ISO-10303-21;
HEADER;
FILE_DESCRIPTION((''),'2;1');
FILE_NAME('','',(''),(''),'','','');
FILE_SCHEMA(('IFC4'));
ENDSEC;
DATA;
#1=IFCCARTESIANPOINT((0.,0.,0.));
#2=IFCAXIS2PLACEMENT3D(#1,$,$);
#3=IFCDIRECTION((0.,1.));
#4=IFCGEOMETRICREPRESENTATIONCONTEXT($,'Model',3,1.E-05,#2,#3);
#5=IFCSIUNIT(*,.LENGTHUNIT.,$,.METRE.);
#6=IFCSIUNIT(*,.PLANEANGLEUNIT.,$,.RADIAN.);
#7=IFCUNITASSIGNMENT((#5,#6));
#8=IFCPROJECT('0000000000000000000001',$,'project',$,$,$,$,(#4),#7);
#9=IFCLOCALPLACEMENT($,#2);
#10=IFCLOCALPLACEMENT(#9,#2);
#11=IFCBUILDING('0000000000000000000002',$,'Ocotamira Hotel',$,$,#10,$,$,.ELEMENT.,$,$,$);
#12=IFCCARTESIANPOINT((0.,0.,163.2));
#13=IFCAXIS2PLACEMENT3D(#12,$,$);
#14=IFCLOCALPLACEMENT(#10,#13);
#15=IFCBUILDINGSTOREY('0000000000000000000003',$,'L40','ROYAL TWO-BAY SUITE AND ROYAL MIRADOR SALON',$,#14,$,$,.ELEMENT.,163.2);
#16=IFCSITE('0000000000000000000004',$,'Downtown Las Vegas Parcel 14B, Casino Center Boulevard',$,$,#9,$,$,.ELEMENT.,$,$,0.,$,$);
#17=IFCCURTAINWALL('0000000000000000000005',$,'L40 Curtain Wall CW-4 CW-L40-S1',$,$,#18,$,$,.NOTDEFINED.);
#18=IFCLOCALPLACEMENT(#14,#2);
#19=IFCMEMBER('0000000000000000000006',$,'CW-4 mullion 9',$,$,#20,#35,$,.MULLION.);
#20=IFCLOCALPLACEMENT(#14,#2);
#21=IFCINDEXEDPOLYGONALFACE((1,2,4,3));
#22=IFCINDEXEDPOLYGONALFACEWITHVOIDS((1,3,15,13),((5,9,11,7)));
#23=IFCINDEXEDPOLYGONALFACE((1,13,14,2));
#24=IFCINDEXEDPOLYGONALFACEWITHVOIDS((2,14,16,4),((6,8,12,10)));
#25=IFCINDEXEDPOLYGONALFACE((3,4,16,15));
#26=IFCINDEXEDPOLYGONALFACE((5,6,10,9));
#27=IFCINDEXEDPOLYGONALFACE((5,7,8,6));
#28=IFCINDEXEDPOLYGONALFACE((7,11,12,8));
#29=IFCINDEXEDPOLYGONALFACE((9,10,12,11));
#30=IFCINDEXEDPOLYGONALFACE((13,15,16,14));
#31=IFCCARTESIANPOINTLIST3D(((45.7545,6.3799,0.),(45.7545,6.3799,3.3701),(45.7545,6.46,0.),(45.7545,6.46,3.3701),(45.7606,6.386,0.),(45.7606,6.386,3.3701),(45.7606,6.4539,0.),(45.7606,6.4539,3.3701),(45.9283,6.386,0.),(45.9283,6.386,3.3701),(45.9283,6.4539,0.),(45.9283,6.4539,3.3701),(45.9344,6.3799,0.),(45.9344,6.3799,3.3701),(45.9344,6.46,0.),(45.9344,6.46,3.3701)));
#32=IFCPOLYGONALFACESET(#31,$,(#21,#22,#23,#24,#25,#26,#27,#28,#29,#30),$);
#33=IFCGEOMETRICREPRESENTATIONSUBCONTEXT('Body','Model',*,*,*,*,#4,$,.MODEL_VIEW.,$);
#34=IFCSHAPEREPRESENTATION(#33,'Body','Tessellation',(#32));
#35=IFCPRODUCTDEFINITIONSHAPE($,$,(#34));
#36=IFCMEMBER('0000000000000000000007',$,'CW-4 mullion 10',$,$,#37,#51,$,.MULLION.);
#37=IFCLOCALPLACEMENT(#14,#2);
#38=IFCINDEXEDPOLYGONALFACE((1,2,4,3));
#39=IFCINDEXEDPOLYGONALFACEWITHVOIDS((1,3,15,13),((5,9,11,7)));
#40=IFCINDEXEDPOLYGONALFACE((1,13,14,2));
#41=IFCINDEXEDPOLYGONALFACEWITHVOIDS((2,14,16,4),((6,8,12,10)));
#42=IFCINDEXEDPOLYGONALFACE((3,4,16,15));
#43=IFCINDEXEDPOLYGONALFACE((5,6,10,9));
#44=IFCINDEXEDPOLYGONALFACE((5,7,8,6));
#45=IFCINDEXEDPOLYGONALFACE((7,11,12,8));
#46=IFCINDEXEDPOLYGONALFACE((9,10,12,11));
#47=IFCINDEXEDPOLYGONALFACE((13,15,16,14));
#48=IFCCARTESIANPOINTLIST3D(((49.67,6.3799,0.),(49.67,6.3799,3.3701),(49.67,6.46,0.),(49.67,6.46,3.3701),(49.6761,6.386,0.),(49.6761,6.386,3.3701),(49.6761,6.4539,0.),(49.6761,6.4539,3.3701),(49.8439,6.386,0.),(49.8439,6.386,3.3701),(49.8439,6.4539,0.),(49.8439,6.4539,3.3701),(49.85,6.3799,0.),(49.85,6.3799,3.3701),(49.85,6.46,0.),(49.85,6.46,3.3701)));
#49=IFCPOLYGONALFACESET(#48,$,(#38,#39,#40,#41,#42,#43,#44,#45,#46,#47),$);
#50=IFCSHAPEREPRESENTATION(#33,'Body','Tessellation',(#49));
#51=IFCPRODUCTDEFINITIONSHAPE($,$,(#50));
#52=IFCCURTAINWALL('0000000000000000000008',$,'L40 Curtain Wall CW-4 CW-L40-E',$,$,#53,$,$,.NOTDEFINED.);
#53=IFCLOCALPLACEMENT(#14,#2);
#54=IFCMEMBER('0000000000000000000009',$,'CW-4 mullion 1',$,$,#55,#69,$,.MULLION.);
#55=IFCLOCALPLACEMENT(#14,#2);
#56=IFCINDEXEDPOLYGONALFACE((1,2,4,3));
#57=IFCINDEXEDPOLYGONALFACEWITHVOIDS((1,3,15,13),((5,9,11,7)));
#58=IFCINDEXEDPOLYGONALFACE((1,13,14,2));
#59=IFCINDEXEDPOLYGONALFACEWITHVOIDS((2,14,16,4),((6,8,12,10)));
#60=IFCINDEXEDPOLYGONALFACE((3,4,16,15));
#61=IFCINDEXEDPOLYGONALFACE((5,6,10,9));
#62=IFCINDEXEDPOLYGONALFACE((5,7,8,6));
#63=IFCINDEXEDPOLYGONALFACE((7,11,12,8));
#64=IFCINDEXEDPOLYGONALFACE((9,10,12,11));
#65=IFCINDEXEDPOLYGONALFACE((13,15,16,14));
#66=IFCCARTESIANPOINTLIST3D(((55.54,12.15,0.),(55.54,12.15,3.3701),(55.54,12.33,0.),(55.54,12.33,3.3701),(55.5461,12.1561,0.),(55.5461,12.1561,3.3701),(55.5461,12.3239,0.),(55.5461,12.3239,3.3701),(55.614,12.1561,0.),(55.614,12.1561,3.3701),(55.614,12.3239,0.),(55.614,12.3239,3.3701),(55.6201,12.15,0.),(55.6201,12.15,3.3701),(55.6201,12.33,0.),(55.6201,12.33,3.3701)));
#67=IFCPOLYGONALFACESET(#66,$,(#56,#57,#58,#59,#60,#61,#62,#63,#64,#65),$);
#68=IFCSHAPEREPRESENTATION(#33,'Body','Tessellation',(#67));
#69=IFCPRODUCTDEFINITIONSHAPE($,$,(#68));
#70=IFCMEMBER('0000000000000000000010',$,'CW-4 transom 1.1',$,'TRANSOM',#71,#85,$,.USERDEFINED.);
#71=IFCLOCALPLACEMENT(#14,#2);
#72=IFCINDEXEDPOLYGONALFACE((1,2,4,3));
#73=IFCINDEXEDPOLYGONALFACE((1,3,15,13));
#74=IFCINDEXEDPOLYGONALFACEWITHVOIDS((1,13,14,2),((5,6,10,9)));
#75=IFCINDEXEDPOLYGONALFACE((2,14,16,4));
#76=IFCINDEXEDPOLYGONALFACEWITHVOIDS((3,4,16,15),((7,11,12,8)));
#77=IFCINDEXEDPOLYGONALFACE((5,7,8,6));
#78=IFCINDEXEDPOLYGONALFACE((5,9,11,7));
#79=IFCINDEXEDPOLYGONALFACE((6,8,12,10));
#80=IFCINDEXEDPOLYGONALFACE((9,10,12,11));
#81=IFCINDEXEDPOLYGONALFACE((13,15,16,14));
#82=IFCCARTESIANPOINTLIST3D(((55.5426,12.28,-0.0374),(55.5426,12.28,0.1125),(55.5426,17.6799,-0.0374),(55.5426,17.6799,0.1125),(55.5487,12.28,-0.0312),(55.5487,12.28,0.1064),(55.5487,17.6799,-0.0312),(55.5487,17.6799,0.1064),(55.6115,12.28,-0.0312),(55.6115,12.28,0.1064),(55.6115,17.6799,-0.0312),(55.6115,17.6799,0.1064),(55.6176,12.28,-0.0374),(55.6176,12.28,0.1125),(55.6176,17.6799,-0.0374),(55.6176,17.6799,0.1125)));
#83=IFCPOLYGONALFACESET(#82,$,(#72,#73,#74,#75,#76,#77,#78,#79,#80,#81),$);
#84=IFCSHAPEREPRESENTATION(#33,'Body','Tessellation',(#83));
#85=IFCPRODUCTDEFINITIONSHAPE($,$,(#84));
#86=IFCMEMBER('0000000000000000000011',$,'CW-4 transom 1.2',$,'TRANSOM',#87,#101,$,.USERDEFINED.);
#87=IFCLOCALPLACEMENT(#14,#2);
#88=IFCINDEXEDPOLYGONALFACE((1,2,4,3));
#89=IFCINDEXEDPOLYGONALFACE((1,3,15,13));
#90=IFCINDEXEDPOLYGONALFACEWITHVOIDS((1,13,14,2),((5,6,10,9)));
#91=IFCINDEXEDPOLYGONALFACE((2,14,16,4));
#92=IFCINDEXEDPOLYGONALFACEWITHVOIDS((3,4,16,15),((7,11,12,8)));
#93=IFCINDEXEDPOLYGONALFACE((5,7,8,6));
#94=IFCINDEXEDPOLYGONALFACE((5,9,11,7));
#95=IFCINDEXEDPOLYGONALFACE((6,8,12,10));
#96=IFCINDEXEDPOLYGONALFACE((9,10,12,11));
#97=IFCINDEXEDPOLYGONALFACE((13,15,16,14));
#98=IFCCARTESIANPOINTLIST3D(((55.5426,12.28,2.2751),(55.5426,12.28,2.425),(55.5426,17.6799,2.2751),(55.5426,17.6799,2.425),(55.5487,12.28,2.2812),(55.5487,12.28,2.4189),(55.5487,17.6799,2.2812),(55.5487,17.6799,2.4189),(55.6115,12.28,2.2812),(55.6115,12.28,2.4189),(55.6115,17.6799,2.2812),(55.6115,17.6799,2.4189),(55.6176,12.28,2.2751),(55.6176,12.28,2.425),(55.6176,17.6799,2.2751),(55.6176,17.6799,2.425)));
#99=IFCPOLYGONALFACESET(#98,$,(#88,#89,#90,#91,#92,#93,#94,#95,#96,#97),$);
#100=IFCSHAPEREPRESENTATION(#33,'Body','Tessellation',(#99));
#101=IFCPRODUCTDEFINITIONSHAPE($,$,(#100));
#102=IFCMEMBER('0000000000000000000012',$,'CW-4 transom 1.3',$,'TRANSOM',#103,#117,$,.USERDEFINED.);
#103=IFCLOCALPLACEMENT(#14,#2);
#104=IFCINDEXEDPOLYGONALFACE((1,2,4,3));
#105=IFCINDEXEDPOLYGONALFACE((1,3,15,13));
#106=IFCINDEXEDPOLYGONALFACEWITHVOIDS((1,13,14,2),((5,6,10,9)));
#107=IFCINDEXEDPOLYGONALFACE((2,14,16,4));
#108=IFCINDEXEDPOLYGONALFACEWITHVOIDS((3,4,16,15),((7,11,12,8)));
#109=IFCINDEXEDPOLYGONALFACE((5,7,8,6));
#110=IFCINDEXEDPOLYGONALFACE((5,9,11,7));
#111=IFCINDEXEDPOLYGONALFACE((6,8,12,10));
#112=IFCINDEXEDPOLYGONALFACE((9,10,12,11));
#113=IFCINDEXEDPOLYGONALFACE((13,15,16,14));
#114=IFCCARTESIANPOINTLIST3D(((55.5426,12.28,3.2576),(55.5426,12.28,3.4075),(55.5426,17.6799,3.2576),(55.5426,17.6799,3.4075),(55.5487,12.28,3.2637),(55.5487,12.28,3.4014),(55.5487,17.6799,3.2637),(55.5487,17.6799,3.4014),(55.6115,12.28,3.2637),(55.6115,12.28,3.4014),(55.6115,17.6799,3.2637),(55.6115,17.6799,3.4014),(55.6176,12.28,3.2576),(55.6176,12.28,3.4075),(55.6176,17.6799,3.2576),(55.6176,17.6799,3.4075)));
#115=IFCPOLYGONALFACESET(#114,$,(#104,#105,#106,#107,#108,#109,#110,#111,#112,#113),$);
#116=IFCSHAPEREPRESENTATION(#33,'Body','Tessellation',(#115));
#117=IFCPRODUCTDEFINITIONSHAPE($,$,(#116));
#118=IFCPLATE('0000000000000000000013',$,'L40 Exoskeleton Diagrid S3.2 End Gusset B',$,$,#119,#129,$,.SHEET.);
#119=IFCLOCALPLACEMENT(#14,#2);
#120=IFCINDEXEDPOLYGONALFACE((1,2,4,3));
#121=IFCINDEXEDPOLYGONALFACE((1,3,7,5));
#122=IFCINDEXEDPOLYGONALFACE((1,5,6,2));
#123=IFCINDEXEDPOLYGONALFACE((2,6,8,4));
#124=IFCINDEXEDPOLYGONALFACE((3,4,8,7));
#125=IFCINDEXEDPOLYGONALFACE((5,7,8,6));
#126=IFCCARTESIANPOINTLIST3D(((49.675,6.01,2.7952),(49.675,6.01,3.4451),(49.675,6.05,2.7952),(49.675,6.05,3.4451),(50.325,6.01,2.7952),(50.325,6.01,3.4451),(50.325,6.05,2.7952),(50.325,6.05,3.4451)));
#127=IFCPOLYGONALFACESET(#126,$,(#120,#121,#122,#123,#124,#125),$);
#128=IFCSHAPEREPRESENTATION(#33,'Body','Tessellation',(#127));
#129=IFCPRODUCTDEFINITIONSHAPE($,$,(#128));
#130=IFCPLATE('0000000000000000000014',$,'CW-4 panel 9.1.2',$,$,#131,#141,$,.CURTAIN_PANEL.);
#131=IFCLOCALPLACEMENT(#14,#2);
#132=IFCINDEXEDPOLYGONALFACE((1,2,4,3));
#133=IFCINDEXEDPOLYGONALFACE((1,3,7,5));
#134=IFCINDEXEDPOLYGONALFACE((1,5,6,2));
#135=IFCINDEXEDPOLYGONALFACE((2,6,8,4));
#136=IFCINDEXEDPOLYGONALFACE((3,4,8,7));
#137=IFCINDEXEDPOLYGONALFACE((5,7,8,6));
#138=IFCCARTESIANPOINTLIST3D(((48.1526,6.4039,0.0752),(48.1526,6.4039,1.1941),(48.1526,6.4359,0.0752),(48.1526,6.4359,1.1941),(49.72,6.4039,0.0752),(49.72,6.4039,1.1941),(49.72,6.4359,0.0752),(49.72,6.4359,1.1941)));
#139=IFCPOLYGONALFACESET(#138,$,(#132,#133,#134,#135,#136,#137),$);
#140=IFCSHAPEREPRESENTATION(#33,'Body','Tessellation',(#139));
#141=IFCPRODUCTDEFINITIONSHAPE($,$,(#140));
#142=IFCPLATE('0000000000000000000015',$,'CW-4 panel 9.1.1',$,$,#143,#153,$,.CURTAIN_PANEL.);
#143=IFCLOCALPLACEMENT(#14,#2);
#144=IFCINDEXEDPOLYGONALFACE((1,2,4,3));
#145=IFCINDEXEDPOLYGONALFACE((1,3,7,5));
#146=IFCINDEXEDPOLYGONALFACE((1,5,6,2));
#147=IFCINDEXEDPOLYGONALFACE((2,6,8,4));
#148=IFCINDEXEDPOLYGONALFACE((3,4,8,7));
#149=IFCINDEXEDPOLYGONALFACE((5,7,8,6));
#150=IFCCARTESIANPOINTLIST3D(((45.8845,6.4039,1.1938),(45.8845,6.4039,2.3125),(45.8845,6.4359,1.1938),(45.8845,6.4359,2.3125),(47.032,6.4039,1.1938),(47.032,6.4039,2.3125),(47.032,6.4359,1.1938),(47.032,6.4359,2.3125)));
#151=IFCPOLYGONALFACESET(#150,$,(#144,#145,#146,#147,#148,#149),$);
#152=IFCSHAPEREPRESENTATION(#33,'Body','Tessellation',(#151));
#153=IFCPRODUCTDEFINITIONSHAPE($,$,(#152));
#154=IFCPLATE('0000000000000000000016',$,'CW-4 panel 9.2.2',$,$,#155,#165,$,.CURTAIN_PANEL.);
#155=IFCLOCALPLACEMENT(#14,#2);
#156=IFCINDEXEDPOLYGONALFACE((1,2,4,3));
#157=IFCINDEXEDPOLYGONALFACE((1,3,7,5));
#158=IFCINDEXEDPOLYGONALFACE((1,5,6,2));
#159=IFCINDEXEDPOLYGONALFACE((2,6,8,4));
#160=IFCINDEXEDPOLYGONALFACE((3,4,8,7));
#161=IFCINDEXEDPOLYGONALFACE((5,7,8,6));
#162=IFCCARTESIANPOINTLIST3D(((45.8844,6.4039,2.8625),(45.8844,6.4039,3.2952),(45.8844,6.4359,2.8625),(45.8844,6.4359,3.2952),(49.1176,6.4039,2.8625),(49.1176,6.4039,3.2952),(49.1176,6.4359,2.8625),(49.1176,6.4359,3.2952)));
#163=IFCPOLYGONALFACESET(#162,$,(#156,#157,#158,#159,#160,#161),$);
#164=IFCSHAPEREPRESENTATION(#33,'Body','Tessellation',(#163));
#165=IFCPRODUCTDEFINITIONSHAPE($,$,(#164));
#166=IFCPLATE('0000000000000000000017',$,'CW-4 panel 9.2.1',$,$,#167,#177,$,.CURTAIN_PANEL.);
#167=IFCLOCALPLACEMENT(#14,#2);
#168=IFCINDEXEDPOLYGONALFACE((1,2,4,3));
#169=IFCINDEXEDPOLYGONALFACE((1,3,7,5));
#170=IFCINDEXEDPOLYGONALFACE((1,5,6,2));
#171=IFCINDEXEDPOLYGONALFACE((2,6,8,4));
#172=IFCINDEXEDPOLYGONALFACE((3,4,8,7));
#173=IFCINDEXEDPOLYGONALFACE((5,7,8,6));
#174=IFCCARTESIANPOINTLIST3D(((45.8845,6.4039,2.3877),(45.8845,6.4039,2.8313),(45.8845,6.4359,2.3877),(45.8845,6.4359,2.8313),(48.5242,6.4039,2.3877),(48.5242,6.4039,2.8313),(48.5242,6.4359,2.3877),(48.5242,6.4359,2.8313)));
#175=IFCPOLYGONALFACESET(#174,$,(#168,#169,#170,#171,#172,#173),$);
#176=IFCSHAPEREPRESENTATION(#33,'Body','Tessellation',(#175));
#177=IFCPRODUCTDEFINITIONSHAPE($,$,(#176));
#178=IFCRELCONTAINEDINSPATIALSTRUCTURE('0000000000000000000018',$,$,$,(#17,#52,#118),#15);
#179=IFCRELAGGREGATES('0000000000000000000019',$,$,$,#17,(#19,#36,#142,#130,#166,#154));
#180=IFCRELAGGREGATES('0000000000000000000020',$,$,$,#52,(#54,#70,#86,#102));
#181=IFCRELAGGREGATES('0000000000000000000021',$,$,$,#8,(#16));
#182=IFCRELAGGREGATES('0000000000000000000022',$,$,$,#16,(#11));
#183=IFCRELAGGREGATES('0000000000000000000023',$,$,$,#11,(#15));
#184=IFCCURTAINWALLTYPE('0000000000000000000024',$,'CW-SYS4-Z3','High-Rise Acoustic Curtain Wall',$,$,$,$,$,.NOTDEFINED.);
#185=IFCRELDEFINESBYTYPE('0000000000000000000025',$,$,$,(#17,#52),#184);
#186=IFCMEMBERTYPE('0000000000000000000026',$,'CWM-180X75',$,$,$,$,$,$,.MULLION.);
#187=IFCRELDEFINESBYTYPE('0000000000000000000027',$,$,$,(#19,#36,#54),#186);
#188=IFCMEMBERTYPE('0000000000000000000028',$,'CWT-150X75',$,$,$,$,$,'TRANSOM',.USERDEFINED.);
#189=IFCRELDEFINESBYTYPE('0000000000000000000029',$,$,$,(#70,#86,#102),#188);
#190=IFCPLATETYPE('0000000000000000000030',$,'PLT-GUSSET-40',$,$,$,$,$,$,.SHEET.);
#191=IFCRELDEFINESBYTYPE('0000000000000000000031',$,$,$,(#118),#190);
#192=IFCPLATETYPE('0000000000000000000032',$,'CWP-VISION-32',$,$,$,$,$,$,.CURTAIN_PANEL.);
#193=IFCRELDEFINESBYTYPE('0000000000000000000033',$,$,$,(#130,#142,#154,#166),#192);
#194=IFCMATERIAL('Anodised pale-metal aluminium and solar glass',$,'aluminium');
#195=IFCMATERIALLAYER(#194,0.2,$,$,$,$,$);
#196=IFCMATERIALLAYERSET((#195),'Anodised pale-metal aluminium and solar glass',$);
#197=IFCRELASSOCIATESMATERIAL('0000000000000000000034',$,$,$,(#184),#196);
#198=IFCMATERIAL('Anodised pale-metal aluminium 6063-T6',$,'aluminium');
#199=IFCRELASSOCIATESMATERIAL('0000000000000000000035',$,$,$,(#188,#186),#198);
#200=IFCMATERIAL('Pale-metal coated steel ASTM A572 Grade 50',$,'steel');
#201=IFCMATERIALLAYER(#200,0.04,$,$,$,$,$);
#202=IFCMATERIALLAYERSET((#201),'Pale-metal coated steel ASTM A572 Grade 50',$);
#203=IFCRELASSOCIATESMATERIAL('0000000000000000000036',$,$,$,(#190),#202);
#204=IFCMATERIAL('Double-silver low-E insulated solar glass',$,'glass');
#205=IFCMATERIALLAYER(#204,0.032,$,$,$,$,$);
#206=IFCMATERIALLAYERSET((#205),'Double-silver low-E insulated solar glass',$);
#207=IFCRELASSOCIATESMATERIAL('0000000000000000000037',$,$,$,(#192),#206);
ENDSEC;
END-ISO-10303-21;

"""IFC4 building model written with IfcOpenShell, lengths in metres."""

from ifc_helpers import new_model, si_unit, direction, frame, origin, origin_2d, place, context, subcontext, project, spatial, rectangle, hollow_rectangle, extrude, source, transform, mapped, material, layer, layer_set, material_profile, profile_set, type_object, element, aggregate, save


model = new_model("IFC4")

# Units and contexts
model_context = context("Model", 3, precision=1e-05, world=origin(), true_north=direction((0.0, 1.0)))
body_context = subcontext(model_context, "Body", "Model", "MODEL_VIEW")
ifc_project = project(units=[si_unit("LENGTHUNIT", "METRE"), si_unit("PLANEANGLEUNIT", "RADIAN")], contexts=[model_context])

# Site, building, storey
site_placement = place(None, origin())
site = spatial("IfcSite", under=ifc_project, at=site_placement, Name="Downtown Las Vegas Parcel 14B, Casino Center Boulevard", CompositionType="ELEMENT", RefElevation=0.0)
building_placement = place(site_placement, origin())
building = spatial("IfcBuilding", under=site, at=building_placement, Name="Ocotamira Hotel", CompositionType="ELEMENT")
storey_placement = place(building_placement, frame((0.0, 0.0, 163.2)))
storey = spatial("IfcBuildingStorey", under=building, at=storey_placement, Name="L40", Description="ROYAL TWO-BAY SUITE AND ROYAL MIRADOR SALON", CompositionType="ELEMENT", Elevation=163.2)

# Curtain walls, members
ifc_material_1 = material(Name="Anodised pale-metal aluminium and solar glass", Category="aluminium")
ifc_layer_1 = layer(ifc_material_1, 0.2)
ifc_layer_set_1 = layer_set([ifc_layer_1], Name="Anodised pale-metal aluminium and solar glass")
curtain_wall_type = type_object("IfcCurtainWallType", Name="CW-SYS4-Z3", Description="High-Rise Acoustic Curtain Wall", PredefinedType="NOTDEFINED", material=ifc_layer_set_1)
curtain_wall_1_placement = place(storey_placement, origin())
curtain_wall_1 = element("IfcCurtainWall", 1, at=curtain_wall_1_placement, inside=storey, type_object=curtain_wall_type, Name="L40 Curtain Wall CW-4 CW-L40-S1", PredefinedType="NOTDEFINED")
ifc_material_2 = material(Name="Anodised pale-metal aluminium 6063-T6", Category="aluminium")
ifc_material_profile_1 = material_profile(ifc_material_2, hollow_rectangle(XDim=0.075, YDim=0.1499, WallThickness=0.0061, at=origin_2d()), Name="HSS150X75X6")
ifc_profile_set_1 = profile_set([ifc_material_profile_1], Name="Anodised pale-metal aluminium 6063-T6")
member_type_1 = type_object("IfcMemberType", Name="CWT-150X75", ElementType="TRANSOM", PredefinedType="USERDEFINED", material=ifc_profile_set_1)
ifc_material_profile_2 = material_profile(ifc_material_2, hollow_rectangle(XDim=0.0801, YDim=0.1799, WallThickness=0.0061, at=origin_2d()), Name="HSS180X80X6")
ifc_profile_set_2 = profile_set([ifc_material_profile_2], Name="Anodised pale-metal aluminium 6063-T6")
member_type_2 = type_object("IfcMemberType", Name="CWM-180X75", PredefinedType="MULLION", material=ifc_profile_set_2)
shared_shape_1 = source(origin(), body_context, "Body", "SweptSolid", [
    extrude(hollow_rectangle(XDim=0.0801, YDim=0.1799, WallThickness=0.0061, at=origin_2d()), origin(), (0.0, 0.0, 1.0), 3.3701),
])
member_1_placement = place(storey_placement, frame((45.8445, 6.4199, 0.0), z_axis=(0.0, 0.0, 1.0), x_axis=(0.0, 1.0, 0.0)))
member_1 = element("IfcMember", 2, at=member_1_placement, type_object=member_type_2, Name="CW-4 mullion 9", PredefinedType="MULLION", context=body_context, shape_type="MappedRepresentation", body=[
    mapped(shared_shape_1, transform((0.0, 0.0, 0.0), scale=1.0)),
])
member_2_placement = place(storey_placement, frame((49.76, 6.4199, 0.0), z_axis=(0.0, 0.0, 1.0), x_axis=(0.0, 1.0, 0.0)))
member_2 = element("IfcMember", 3, at=member_2_placement, type_object=member_type_2, Name="CW-4 mullion 10", PredefinedType="MULLION", context=body_context, shape_type="MappedRepresentation", body=[
    mapped(shared_shape_1, transform((0.0, 0.0, 0.0), scale=1.0)),
])
curtain_wall_2_placement = place(storey_placement, origin())
curtain_wall_2 = element("IfcCurtainWall", 4, at=curtain_wall_2_placement, inside=storey, type_object=curtain_wall_type, Name="L40 Curtain Wall CW-4 CW-L40-E", PredefinedType="NOTDEFINED")
member_3_placement = place(storey_placement, frame((55.5801, 12.24, 0.0), z_axis=(0.0, 0.0, 1.0), x_axis=(-1.0, 0.0, 0.0)))
member_3 = element("IfcMember", 5, at=member_3_placement, type_object=member_type_2, Name="CW-4 mullion 1", PredefinedType="MULLION", context=body_context, shape_type="MappedRepresentation", body=[
    mapped(shared_shape_1, transform((0.0, 0.0, 0.0), scale=1.0)),
])
shared_shape_2 = source(origin(), body_context, "Body", "SweptSolid", [
    extrude(hollow_rectangle(XDim=0.075, YDim=0.1499, WallThickness=0.0061, at=origin_2d()), origin(), (0.0, 0.0, 1.0), 5.3999),
])
member_4_placement = place(storey_placement, frame((55.5801, 12.28, 0.0376), z_axis=(0.0, 1.0, 0.0), x_axis=(-1.0, 0.0, 0.0)))
member_4 = element("IfcMember", 6, at=member_4_placement, type_object=member_type_1, Name="CW-4 transom 1.1", ObjectType="TRANSOM", PredefinedType="USERDEFINED", context=body_context, shape_type="MappedRepresentation", body=[
    mapped(shared_shape_2, transform((0.0, 0.0, 0.0), scale=1.0)),
])
member_5_placement = place(storey_placement, frame((55.5801, 12.28, 2.3501), z_axis=(0.0, 1.0, 0.0), x_axis=(-1.0, 0.0, 0.0)))
member_5 = element("IfcMember", 7, at=member_5_placement, type_object=member_type_1, Name="CW-4 transom 1.2", ObjectType="TRANSOM", PredefinedType="USERDEFINED", context=body_context, shape_type="MappedRepresentation", body=[
    mapped(shared_shape_2, transform((0.0, 0.0, 0.0), scale=1.0)),
])
member_6_placement = place(storey_placement, frame((55.5801, 12.28, 3.3325), z_axis=(0.0, 1.0, 0.0), x_axis=(-1.0, 0.0, 0.0)))
member_6 = element("IfcMember", 8, at=member_6_placement, type_object=member_type_1, Name="CW-4 transom 1.3", ObjectType="TRANSOM", PredefinedType="USERDEFINED", context=body_context, shape_type="MappedRepresentation", body=[
    mapped(shared_shape_2, transform((0.0, 0.0, 0.0), scale=1.0)),
])

# Plates
ifc_material_3 = material(Name="Pale-metal coated steel ASTM A572 Grade 50", Category="steel")
ifc_layer_2 = layer(ifc_material_3, 0.04)
ifc_layer_set_2 = layer_set([ifc_layer_2], Name="Pale-metal coated steel ASTM A572 Grade 50")
plate_type_1 = type_object("IfcPlateType", Name="PLT-GUSSET-40", PredefinedType="SHEET", material=ifc_layer_set_2)
shared_shape_3 = source(origin(), body_context, "Body", "SweptSolid", [
    extrude(rectangle(XDim=0.6499, YDim=0.04, at=origin_2d()), origin(), (0.0, 0.0, 1.0), 0.6499),
])
plate_1_placement = place(storey_placement, frame((50.0, 6.03, 2.7952), z_axis=(0.0, 0.0, 1.0), x_axis=(1.0, 0.0, 0.0)))
element("IfcPlate", 9, at=plate_1_placement, inside=storey, type_object=plate_type_1, Name="L40 Exoskeleton Diagrid S3.2 End Gusset B", PredefinedType="SHEET", context=body_context, shape_type="MappedRepresentation", body=[
    mapped(shared_shape_3, transform((0.0, 0.0, 0.0), scale=1.0)),
])
ifc_material_4 = material(Name="Double-silver low-E insulated solar glass", Category="glass")
ifc_layer_3 = layer(ifc_material_4, 0.032)
ifc_layer_set_3 = layer_set([ifc_layer_3], Name="Double-silver low-E insulated solar glass")
plate_type_2 = type_object("IfcPlateType", Name="CWP-VISION-32", PredefinedType="CURTAIN_PANEL", material=ifc_layer_set_3)
shared_shape_4 = source(origin(), body_context, "Body", "SweptSolid", [
    extrude(rectangle(XDim=1.5674, YDim=0.032, at=origin_2d()), origin(), (0.0, 0.0, 1.0), 1.1189),
])
plate_2_placement = place(storey_placement, frame((48.9363, 6.4199, 0.0752), z_axis=(0.0, 0.0, 1.0), x_axis=(1.0, 0.0, 0.0)))
plate_2 = element("IfcPlate", 10, at=plate_2_placement, type_object=plate_type_2, Name="CW-4 panel 9.1.2", PredefinedType="CURTAIN_PANEL", context=body_context, shape_type="MappedRepresentation", body=[
    mapped(shared_shape_4, transform((0.0, 0.0, 0.0), scale=1.0)),
])
shared_shape_5 = source(origin(), body_context, "Body", "SweptSolid", [
    extrude(rectangle(XDim=1.1475, YDim=0.032, at=origin_2d()), origin(), (0.0, 0.0, 1.0), 1.1187),
])
plate_3_placement = place(storey_placement, frame((46.4583, 6.4199, 1.1938), z_axis=(0.0, 0.0, 1.0), x_axis=(1.0, 0.0, 0.0)))
plate_3 = element("IfcPlate", 11, at=plate_3_placement, type_object=plate_type_2, Name="CW-4 panel 9.1.1", PredefinedType="CURTAIN_PANEL", context=body_context, shape_type="MappedRepresentation", body=[
    mapped(shared_shape_5, transform((0.0, 0.0, 0.0), scale=1.0)),
])
shared_shape_6 = source(origin(), body_context, "Body", "SweptSolid", [
    extrude(rectangle(XDim=3.2332, YDim=0.032, at=origin_2d()), origin(), (0.0, 0.0, 1.0), 0.4326),
])
plate_4_placement = place(storey_placement, frame((47.501, 6.4199, 2.8625), z_axis=(0.0, 0.0, 1.0), x_axis=(1.0, 0.0, 0.0)))
plate_4 = element("IfcPlate", 12, at=plate_4_placement, type_object=plate_type_2, Name="CW-4 panel 9.2.2", PredefinedType="CURTAIN_PANEL", context=body_context, shape_type="MappedRepresentation", body=[
    mapped(shared_shape_6, transform((0.0, 0.0, 0.0), scale=1.0)),
])
shared_shape_7 = source(origin(), body_context, "Body", "SweptSolid", [
    extrude(rectangle(XDim=2.6396, YDim=0.032, at=origin_2d()), origin(), (0.0, 0.0, 1.0), 0.4436),
])
plate_5_placement = place(storey_placement, frame((47.2043, 6.4199, 2.3877), z_axis=(0.0, 0.0, 1.0), x_axis=(1.0, 0.0, 0.0)))
plate_5 = element("IfcPlate", 13, at=plate_5_placement, type_object=plate_type_2, Name="CW-4 panel 9.2.1", PredefinedType="CURTAIN_PANEL", context=body_context, shape_type="MappedRepresentation", body=[
    mapped(shared_shape_7, transform((0.0, 0.0, 0.0), scale=1.0)),
])
aggregate(curtain_wall_1, [member_1, member_2, plate_3, plate_2, plate_5, plate_4])
aggregate(curtain_wall_2, [member_3, member_4, member_5, member_6])

save(model, "model.ifc")
